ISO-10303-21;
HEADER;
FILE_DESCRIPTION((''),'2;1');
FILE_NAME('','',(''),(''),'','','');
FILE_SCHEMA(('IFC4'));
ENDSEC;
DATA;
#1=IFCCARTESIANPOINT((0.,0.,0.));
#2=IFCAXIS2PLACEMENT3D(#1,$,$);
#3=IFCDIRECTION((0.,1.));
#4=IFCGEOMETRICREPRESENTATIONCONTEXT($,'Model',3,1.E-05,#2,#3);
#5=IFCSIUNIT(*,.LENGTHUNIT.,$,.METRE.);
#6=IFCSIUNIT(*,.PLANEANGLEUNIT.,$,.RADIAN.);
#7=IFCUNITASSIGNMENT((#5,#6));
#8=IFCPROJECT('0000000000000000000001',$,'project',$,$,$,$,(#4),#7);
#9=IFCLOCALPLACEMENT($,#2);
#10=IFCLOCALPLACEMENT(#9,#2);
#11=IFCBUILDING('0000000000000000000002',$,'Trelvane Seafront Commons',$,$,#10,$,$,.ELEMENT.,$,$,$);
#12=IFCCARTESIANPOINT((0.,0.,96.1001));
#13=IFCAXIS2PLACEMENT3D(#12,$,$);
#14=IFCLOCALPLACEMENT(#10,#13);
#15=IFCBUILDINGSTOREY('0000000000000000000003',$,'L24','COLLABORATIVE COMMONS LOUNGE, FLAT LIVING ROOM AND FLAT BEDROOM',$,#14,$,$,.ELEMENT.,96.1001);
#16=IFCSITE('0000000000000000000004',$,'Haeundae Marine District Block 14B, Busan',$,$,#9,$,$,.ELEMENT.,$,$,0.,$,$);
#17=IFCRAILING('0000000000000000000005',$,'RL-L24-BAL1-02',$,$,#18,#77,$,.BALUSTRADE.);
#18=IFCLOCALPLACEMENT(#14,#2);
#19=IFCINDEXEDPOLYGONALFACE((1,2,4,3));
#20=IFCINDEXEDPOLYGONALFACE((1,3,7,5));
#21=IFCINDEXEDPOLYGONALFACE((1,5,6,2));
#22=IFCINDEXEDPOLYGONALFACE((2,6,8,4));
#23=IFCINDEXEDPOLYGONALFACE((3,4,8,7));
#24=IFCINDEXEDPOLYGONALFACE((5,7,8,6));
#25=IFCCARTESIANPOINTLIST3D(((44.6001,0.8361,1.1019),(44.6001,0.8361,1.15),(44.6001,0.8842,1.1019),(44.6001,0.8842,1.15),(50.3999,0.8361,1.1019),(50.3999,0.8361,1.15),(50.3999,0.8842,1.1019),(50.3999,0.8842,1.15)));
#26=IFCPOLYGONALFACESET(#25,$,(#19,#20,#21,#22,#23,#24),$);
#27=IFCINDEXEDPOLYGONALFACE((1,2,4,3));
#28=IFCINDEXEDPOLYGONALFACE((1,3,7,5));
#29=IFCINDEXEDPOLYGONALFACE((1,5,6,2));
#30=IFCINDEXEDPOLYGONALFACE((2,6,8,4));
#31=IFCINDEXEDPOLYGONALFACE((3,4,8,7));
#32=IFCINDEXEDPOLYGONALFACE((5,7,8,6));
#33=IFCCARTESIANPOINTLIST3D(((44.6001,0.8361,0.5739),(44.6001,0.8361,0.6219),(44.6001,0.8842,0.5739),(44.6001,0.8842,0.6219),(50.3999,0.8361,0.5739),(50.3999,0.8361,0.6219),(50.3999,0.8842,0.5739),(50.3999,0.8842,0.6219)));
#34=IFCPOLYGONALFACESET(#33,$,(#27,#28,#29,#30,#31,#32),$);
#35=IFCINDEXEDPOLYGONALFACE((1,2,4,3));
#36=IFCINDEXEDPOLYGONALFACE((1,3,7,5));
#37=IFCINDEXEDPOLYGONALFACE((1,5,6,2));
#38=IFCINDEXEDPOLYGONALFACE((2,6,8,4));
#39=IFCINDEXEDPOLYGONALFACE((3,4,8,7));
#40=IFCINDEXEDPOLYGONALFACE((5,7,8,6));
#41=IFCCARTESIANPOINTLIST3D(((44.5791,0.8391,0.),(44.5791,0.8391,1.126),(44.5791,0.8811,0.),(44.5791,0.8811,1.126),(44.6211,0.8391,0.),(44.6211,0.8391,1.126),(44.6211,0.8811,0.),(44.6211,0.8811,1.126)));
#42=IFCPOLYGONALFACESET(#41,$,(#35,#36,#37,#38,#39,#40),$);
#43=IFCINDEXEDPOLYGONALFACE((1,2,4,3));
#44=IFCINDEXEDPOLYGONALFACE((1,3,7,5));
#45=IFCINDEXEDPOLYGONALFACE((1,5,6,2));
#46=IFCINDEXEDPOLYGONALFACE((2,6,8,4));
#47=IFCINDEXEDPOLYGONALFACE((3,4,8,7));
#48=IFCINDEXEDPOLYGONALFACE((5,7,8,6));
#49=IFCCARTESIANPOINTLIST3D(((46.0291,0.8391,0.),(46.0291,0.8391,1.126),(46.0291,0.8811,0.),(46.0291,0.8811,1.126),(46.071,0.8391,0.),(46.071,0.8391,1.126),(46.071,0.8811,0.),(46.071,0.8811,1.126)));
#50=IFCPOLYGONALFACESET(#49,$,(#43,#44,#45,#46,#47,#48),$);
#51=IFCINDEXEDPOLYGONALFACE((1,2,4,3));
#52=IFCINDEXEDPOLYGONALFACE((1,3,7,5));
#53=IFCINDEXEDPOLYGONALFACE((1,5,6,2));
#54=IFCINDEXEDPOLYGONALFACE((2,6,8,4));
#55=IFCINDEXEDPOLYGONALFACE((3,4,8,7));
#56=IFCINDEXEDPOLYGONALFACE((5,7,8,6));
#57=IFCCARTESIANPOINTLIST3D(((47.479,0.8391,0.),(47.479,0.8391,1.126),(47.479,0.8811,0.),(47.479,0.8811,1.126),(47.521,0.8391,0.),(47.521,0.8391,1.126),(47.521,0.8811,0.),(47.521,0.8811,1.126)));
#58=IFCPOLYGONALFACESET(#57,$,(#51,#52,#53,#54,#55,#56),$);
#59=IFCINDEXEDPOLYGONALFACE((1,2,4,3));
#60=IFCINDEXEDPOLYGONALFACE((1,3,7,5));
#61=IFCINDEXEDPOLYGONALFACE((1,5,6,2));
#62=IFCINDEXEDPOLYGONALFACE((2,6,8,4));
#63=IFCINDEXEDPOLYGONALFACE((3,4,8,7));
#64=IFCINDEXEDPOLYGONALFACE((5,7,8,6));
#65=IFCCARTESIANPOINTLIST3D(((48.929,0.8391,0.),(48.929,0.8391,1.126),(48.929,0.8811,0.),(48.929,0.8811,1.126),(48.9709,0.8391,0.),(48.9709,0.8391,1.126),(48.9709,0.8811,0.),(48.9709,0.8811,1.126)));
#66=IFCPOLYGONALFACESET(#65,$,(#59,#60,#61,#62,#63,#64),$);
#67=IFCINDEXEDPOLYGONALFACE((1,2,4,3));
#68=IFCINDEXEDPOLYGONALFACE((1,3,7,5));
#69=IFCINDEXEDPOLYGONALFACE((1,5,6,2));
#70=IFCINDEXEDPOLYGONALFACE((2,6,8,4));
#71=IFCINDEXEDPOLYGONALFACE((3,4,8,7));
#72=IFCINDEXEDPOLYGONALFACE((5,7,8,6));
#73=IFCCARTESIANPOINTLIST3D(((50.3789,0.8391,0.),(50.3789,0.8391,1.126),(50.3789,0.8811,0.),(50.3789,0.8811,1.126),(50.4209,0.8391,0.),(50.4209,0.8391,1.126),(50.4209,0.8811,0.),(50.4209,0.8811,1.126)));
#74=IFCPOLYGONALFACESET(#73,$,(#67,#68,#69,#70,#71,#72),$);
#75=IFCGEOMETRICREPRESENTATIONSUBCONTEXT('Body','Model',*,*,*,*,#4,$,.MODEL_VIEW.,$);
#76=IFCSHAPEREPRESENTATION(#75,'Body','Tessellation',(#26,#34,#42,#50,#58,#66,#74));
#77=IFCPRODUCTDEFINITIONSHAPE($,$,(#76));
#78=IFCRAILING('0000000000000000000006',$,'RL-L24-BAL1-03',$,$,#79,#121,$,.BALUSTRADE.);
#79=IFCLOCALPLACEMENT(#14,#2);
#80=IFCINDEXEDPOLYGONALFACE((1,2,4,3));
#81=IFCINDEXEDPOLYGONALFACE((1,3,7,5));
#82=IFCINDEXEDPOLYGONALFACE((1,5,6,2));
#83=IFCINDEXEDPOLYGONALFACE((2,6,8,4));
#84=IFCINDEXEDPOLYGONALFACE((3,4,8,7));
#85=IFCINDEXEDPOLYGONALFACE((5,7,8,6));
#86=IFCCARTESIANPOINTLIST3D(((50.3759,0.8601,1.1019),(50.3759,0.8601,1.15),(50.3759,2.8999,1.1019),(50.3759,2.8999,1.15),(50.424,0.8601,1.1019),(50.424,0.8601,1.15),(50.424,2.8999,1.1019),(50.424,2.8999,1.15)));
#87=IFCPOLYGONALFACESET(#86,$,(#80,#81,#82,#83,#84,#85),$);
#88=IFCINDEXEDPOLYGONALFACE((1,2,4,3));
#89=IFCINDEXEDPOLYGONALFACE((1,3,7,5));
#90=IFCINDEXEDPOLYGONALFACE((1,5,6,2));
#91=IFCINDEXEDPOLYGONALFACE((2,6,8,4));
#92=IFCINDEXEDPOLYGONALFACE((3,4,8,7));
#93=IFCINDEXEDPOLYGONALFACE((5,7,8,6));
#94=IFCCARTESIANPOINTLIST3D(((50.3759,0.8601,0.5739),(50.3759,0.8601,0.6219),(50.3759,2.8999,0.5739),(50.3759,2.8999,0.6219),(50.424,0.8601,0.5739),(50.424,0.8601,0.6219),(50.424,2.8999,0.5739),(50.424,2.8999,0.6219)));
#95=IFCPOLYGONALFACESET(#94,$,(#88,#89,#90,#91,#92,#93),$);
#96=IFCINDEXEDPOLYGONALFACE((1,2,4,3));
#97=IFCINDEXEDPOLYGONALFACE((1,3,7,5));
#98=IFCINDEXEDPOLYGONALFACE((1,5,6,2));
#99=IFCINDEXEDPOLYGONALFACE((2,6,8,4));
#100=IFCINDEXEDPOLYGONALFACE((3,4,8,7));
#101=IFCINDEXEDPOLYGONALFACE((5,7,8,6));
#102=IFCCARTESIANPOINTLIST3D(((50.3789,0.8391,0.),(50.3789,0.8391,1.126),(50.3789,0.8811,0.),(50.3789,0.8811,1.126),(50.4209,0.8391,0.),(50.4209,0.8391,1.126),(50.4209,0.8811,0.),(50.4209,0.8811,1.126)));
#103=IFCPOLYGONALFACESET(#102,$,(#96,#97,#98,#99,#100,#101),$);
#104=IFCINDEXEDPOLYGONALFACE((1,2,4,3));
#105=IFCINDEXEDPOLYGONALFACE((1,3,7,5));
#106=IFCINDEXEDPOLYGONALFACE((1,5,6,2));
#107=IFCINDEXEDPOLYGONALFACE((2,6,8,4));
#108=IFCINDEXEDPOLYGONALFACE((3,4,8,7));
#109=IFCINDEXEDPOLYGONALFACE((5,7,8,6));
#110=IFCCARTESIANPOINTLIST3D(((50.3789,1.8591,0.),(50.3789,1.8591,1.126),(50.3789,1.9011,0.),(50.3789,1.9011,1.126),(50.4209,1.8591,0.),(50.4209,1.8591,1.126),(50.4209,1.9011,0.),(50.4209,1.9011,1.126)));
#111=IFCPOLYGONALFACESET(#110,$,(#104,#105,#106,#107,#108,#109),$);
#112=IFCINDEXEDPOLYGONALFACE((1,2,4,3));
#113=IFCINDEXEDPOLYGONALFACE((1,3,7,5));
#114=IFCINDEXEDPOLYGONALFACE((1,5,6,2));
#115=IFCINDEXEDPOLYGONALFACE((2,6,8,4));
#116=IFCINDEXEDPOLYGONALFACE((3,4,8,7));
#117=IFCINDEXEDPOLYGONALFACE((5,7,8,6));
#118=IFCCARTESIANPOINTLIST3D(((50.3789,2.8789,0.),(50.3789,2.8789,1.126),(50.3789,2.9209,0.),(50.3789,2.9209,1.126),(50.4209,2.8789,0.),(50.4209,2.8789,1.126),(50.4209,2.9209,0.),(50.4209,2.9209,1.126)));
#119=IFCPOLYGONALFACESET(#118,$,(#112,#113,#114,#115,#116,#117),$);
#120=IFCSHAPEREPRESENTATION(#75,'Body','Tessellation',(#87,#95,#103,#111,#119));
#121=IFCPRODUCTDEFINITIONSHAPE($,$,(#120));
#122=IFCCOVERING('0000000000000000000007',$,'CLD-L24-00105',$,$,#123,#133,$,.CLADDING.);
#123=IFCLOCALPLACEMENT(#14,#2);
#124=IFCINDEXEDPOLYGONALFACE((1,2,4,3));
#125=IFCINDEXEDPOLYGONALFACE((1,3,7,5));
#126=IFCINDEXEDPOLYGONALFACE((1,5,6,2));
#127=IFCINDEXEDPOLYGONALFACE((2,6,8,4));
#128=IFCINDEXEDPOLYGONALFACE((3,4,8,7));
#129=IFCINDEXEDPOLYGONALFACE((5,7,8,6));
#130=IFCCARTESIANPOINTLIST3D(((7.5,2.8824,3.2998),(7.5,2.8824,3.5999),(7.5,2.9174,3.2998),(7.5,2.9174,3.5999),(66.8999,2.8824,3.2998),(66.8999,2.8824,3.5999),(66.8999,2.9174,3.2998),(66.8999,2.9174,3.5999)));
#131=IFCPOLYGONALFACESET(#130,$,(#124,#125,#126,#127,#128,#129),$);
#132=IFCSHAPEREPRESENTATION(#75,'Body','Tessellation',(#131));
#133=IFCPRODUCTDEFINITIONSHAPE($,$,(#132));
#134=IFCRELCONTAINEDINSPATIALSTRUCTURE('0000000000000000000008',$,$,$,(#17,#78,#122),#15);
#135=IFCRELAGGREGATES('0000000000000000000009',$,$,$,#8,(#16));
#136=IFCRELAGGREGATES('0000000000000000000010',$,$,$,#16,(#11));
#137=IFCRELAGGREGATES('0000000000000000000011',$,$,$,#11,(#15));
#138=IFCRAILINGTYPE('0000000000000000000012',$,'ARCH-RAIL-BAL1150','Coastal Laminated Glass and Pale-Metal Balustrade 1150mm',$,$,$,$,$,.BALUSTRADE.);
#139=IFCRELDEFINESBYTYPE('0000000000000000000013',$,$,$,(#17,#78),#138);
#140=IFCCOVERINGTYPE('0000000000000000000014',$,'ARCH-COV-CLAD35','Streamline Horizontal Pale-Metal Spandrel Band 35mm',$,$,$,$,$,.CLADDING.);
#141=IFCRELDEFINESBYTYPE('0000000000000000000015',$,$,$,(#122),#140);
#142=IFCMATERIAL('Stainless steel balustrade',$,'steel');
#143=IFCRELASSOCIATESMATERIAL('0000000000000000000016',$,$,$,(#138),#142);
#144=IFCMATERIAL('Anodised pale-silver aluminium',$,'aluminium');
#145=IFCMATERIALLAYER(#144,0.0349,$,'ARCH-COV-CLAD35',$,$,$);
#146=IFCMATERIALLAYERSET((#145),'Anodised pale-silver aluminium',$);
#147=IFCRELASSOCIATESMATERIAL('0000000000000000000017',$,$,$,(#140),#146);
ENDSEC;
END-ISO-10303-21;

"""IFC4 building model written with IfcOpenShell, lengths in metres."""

from ifc_helpers import new_model, si_unit, direction, frame, origin, origin_2d, place, context, subcontext, project, spatial, rectangle, extrude, source, transform, mapped, material, layer, layer_set, type_object, element, save


model = new_model("IFC4")

# Units and contexts
model_context = context("Model", 3, precision=1e-05, world=origin(), true_north=direction((0.0, 1.0)))
body_context = subcontext(model_context, "Body", "Model", "MODEL_VIEW")
ifc_project = project(units=[si_unit("LENGTHUNIT", "METRE"), si_unit("PLANEANGLEUNIT", "RADIAN")], contexts=[model_context])

# Site, building, storey
site_placement = place(None, origin())
site = spatial("IfcSite", under=ifc_project, at=site_placement, Name="Haeundae Marine District Block 14B, Busan", CompositionType="ELEMENT", RefElevation=0.0)
building_placement = place(site_placement, origin())
building = spatial("IfcBuilding", under=site, at=building_placement, Name="Trelvane Seafront Commons", CompositionType="ELEMENT")
storey_placement = place(building_placement, frame((0.0, 0.0, 96.1001)))
storey = spatial("IfcBuildingStorey", under=building, at=storey_placement, Name="L24", Description="COLLABORATIVE COMMONS LOUNGE, FLAT LIVING ROOM AND FLAT BEDROOM", CompositionType="ELEMENT", Elevation=96.1001)

# Shared definitions
ifc_material_1 = material(Name="Anodised pale-silver aluminium", Category="aluminium")

# Railings
ifc_material_2 = material(Name="Stainless steel balustrade", Category="steel")
railing_type = type_object("IfcRailingType", Name="ARCH-RAIL-BAL1150", Description="Coastal Laminated Glass and Pale-Metal Balustrade 1150mm", PredefinedType="BALUSTRADE", material=ifc_material_2)
railing_1_placement = place(storey_placement, frame((44.6001, 0.8601, 0.0)))
element("IfcRailing", 1, at=railing_1_placement, inside=storey, type_object=railing_type, Name="RL-L24-BAL1-02", PredefinedType="BALUSTRADE", context=body_context, shape_type="SweptSolid", body=[
    extrude(rectangle(XDim=0.0481, YDim=0.0481, at=origin_2d()), frame((0.0, 0.0, 1.126), z_axis=(1.0, 0.0, 0.0), x_axis=(0.0, 1.0, 0.0)), (0.0, 0.0, 1.0), 5.7998),
    extrude(rectangle(XDim=0.0481, YDim=0.0481, at=origin_2d()), frame((0.0, 0.0, 0.5979), z_axis=(1.0, 0.0, 0.0), x_axis=(0.0, 1.0, 0.0)), (0.0, 0.0, 1.0), 5.7998),
    extrude(rectangle(XDim=0.042, YDim=0.042, at=origin_2d()), origin(), (0.0, 0.0, 1.0), 1.126),
    extrude(rectangle(XDim=0.042, YDim=0.042, at=origin_2d()), frame((1.45, 0.0, 0.0)), (0.0, 0.0, 1.0), 1.126),
    extrude(rectangle(XDim=0.042, YDim=0.042, at=origin_2d()), frame((2.8999, 0.0, 0.0)), (0.0, 0.0, 1.0), 1.126),
    extrude(rectangle(XDim=0.042, YDim=0.042, at=origin_2d()), frame((4.3499, 0.0, 0.0)), (0.0, 0.0, 1.0), 1.126),
    extrude(rectangle(XDim=0.042, YDim=0.042, at=origin_2d()), frame((5.7998, 0.0, 0.0)), (0.0, 0.0, 1.0), 1.126),
])
railing_2_placement = place(storey_placement, frame((50.3999, 0.8601, 0.0)))
element("IfcRailing", 2, at=railing_2_placement, inside=storey, type_object=railing_type, Name="RL-L24-BAL1-03", PredefinedType="BALUSTRADE", context=body_context, shape_type="SweptSolid", body=[
    extrude(rectangle(XDim=0.0481, YDim=0.0481, at=origin_2d()), frame((0.0, 0.0, 1.126), z_axis=(0.0, 1.0, 0.0), x_axis=(-1.0, 0.0, 0.0)), (0.0, 0.0, 1.0), 2.0398),
    extrude(rectangle(XDim=0.0481, YDim=0.0481, at=origin_2d()), frame((0.0, 0.0, 0.5979), z_axis=(0.0, 1.0, 0.0), x_axis=(-1.0, 0.0, 0.0)), (0.0, 0.0, 1.0), 2.0398),
    extrude(rectangle(XDim=0.042, YDim=0.042, at=origin_2d()), origin(), (0.0, 0.0, 1.0), 1.126),
    extrude(rectangle(XDim=0.042, YDim=0.042, at=origin_2d()), frame((0.0, 1.02, 0.0)), (0.0, 0.0, 1.0), 1.126),
    extrude(rectangle(XDim=0.042, YDim=0.042, at=origin_2d()), frame((0.0, 2.0398, 0.0)), (0.0, 0.0, 1.0), 1.126),
])

# Covering
ifc_layer_1 = layer(ifc_material_1, 0.0349, Name="ARCH-COV-CLAD35")
ifc_layer_set_1 = layer_set([ifc_layer_1], Name="Anodised pale-silver aluminium")
covering_type = type_object("IfcCoveringType", Name="ARCH-COV-CLAD35", Description="Streamline Horizontal Pale-Metal Spandrel Band 35mm", PredefinedType="CLADDING", material=ifc_layer_set_1)
shared_shape_1 = source(origin(), body_context, "Body", "SweptSolid", [
    extrude(rectangle(XDim=59.3999, YDim=0.0349, at=origin_2d()), origin(), (0.0, 0.0, 1.0), 0.3),
])
covering_placement = place(storey_placement, frame((37.2, 2.8999, 3.2998), z_axis=(0.0, 0.0, 1.0), x_axis=(-1.0, 0.0, 0.0)))
element("IfcCovering", 3, at=covering_placement, inside=storey, type_object=covering_type, Name="CLD-L24-00105", PredefinedType="CLADDING", context=body_context, shape_type="MappedRepresentation", body=[
    mapped(shared_shape_1, transform((0.0, 0.0, 0.0), x_axis=(1.0, 0.0, 0.0), y_axis=(0.0, 1.0, 0.0), z_axis=(0.0, 0.0, 1.0), scale=1.0)),
])

save(model, "model.ifc")
